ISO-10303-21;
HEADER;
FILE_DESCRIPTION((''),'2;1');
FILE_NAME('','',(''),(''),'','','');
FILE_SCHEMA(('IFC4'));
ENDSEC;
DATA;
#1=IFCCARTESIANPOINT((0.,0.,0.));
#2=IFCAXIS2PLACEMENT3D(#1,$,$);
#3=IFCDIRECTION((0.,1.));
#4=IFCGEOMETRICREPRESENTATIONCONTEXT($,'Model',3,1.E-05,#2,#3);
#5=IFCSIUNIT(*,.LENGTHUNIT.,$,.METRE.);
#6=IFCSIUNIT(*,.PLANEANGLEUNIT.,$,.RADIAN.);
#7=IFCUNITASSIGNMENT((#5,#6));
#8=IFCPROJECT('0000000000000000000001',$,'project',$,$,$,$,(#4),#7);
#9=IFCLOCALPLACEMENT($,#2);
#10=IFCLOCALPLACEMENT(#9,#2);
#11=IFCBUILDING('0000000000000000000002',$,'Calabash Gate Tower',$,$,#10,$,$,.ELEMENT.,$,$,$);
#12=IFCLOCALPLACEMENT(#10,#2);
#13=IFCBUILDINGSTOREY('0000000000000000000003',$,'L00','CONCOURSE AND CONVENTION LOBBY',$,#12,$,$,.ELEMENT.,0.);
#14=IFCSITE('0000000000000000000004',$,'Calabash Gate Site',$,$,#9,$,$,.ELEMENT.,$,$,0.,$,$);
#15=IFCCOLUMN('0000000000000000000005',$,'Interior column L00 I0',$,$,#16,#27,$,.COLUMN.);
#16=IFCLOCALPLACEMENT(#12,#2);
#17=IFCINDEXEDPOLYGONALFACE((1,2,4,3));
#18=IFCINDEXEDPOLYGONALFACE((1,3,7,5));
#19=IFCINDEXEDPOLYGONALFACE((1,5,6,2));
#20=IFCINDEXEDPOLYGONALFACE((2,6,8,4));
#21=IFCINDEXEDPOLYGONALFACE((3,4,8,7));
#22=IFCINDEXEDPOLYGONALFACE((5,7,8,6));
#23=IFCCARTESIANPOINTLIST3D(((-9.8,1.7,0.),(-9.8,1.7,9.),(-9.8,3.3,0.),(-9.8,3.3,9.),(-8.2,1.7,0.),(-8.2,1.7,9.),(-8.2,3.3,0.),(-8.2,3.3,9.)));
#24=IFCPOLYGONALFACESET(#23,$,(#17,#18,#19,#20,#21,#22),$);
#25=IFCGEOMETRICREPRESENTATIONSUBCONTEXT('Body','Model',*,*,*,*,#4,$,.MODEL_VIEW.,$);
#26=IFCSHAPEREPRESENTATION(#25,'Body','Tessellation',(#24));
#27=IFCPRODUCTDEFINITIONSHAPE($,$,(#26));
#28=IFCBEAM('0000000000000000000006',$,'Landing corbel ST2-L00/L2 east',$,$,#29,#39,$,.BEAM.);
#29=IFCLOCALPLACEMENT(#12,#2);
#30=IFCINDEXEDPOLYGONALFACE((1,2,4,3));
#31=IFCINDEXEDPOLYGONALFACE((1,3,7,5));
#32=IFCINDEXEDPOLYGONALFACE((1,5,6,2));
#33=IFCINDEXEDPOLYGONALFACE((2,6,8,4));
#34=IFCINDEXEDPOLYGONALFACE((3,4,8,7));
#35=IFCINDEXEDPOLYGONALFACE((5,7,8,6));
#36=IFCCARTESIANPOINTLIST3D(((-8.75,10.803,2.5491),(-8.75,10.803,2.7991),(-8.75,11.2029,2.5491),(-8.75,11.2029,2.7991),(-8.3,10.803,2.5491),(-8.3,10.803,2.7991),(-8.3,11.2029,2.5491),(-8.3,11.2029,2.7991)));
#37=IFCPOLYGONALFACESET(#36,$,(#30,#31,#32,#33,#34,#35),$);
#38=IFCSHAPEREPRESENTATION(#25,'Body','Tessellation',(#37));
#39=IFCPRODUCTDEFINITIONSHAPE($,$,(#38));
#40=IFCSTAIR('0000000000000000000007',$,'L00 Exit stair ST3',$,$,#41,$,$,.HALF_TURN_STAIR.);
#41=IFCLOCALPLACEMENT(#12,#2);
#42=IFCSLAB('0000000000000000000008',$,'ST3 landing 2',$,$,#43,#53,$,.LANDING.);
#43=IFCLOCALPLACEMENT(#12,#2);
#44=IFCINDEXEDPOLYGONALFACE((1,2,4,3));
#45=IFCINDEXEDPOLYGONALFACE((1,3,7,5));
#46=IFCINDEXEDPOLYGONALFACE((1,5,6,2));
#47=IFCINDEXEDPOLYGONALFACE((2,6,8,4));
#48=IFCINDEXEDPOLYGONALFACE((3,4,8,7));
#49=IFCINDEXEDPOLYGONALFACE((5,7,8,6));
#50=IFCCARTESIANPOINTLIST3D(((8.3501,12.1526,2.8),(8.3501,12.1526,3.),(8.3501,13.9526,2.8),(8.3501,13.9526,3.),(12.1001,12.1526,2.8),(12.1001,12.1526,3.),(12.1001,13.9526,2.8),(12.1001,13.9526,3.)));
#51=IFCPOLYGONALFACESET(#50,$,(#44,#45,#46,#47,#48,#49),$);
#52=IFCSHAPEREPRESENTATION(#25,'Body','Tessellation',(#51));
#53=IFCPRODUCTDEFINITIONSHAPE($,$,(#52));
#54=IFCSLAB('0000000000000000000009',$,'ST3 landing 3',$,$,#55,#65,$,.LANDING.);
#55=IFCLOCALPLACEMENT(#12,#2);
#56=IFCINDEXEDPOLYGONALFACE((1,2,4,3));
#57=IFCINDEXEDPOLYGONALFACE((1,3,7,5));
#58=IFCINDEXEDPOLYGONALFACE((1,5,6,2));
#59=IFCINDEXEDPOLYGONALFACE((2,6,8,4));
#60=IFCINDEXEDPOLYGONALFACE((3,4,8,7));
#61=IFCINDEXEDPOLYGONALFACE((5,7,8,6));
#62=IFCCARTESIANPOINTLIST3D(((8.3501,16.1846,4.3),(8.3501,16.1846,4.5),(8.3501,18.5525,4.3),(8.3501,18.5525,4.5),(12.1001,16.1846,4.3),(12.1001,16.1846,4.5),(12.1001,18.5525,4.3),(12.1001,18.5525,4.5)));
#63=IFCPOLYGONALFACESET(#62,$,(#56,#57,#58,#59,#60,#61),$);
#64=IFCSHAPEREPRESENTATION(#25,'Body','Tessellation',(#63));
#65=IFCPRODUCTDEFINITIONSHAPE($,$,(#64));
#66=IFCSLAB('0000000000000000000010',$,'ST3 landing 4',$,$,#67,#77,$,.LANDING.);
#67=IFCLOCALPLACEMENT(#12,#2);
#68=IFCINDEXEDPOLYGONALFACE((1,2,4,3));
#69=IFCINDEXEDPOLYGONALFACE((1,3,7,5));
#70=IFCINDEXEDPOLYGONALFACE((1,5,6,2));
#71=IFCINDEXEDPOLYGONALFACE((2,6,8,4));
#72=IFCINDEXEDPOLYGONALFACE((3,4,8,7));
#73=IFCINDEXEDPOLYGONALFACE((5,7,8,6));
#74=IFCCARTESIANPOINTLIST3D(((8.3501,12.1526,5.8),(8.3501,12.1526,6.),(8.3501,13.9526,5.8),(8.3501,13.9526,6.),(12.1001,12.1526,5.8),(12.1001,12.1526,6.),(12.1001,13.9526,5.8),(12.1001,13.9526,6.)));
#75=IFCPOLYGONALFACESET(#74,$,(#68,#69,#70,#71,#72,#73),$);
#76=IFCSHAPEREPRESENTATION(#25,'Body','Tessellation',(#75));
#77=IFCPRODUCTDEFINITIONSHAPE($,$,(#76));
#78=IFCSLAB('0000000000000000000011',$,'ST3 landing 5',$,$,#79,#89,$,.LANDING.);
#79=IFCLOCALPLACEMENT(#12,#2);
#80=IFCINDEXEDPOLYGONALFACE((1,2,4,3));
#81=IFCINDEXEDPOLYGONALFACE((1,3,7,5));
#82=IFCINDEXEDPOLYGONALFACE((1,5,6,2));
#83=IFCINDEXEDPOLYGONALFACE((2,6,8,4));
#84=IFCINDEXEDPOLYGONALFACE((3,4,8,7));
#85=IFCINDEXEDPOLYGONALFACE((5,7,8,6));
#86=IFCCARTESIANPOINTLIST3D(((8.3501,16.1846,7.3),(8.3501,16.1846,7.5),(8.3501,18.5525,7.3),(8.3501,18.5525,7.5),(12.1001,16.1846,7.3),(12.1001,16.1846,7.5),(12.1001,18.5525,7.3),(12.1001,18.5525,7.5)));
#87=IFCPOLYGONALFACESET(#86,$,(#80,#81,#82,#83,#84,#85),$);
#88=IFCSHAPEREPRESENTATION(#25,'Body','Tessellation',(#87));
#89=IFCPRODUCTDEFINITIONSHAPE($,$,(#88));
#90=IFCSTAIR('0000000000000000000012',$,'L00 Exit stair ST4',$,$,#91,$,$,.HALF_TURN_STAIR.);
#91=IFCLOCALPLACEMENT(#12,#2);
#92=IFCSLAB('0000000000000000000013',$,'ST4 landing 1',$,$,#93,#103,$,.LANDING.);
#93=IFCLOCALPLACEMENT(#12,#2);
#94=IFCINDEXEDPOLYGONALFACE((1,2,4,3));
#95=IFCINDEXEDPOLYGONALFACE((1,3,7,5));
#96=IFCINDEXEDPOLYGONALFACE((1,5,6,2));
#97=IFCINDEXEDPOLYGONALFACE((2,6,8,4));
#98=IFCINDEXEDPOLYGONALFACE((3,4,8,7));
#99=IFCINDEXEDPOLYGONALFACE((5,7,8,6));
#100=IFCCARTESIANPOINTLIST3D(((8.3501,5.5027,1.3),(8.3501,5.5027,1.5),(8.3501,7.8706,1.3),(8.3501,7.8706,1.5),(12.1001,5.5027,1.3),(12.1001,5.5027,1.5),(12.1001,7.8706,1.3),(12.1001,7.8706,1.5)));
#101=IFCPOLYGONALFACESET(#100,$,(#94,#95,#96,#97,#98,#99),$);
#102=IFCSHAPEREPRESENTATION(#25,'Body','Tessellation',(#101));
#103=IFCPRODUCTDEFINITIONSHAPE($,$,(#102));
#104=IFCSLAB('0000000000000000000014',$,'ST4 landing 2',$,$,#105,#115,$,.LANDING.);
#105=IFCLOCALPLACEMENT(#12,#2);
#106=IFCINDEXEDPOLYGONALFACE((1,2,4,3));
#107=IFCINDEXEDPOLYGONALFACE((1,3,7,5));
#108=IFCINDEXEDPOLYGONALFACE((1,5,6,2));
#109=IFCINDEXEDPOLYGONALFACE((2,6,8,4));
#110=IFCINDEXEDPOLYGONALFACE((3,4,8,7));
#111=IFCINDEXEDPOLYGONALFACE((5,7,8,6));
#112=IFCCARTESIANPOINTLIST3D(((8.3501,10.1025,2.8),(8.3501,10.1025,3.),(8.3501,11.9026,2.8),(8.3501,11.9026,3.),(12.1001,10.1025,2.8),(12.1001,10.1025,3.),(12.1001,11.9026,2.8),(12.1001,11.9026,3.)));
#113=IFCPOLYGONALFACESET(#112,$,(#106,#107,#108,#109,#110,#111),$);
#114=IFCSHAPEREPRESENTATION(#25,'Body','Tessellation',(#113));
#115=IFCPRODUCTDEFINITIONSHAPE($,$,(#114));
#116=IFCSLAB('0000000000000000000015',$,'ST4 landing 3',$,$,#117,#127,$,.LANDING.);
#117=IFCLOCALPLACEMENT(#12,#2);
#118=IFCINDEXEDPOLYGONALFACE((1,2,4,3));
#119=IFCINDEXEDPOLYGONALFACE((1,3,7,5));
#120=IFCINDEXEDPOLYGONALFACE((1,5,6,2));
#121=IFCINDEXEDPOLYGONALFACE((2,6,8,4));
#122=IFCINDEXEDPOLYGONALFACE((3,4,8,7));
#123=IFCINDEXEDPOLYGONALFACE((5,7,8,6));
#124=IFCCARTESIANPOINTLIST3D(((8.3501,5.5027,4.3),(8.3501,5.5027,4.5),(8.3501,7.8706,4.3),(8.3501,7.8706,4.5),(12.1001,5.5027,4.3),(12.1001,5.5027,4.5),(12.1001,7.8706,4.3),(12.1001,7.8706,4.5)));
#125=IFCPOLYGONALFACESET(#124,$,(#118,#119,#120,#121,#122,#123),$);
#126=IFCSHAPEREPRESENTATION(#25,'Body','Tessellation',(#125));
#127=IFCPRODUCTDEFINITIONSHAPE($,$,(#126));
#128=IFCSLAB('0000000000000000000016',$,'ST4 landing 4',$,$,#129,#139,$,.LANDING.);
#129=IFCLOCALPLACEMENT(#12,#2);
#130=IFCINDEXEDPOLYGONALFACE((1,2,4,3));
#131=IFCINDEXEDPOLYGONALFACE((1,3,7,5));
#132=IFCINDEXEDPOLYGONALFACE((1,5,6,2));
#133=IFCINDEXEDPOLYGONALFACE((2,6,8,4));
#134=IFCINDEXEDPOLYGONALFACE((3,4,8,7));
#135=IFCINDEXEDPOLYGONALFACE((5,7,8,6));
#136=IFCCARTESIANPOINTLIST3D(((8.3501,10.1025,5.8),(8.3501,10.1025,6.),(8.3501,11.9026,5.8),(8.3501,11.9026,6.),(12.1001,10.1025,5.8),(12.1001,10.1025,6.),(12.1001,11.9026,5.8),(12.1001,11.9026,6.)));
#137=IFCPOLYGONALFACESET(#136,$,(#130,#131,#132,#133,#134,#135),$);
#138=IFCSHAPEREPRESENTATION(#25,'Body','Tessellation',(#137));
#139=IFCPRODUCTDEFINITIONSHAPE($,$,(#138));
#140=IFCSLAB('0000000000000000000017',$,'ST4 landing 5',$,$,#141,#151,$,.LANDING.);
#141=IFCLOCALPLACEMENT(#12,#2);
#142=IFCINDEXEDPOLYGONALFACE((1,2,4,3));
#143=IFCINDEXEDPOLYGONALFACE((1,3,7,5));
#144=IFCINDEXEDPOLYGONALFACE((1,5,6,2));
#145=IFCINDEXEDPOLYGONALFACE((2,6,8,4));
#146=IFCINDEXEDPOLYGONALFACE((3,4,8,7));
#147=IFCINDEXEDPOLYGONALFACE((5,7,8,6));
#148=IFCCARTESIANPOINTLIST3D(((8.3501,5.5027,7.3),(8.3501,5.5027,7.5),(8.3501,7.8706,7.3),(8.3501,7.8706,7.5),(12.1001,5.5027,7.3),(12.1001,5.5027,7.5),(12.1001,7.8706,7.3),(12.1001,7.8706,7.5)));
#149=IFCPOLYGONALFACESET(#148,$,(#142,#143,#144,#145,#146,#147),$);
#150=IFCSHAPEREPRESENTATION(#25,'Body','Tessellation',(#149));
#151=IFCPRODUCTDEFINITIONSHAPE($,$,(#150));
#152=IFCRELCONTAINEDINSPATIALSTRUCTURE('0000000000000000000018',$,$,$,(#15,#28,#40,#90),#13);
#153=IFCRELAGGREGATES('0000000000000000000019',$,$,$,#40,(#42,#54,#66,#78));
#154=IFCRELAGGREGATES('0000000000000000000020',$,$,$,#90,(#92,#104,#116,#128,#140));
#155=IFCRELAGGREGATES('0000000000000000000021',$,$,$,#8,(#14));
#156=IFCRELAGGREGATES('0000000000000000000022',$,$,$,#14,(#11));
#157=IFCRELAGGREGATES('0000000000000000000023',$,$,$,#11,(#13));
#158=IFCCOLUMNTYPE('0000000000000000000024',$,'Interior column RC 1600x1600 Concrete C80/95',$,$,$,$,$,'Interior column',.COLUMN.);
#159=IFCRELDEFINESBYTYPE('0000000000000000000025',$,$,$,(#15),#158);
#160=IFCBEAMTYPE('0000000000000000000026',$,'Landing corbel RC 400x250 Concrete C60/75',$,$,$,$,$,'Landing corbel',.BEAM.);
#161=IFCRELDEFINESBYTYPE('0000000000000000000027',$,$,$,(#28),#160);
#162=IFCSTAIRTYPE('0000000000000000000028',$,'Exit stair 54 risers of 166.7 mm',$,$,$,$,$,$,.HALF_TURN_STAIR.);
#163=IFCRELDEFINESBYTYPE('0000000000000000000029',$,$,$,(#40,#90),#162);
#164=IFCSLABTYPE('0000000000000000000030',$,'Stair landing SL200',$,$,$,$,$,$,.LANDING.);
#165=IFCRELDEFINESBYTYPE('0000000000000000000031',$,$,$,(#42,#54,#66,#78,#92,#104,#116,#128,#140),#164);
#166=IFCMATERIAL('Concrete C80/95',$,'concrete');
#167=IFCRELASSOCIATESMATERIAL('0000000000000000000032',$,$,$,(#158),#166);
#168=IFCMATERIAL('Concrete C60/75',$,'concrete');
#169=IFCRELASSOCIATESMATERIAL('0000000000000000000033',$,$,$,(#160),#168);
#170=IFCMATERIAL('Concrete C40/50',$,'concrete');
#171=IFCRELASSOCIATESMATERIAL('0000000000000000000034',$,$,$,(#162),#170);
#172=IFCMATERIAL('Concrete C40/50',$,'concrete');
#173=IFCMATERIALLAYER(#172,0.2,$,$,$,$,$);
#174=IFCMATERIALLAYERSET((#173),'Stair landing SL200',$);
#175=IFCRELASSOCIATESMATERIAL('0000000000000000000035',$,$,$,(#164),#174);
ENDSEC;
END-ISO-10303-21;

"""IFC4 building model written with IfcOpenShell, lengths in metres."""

from ifc_helpers import new_model, si_unit, direction, frame, origin, origin_2d, place, context, subcontext, project, spatial, polyline, rectangle, outline, extrude, material, layer, layer_set, material_profile, profile_set, type_object, element, aggregate, save


model = new_model("IFC4")

# Units and contexts
model_context = context("Model", 3, precision=1e-05, world=origin(), true_north=direction((0.0, 1.0)))
body_context = subcontext(model_context, "Body", "Model", "MODEL_VIEW")
ifc_project = project(units=[si_unit("LENGTHUNIT", "METRE"), si_unit("PLANEANGLEUNIT", "RADIAN")], contexts=[model_context])

# Site, building, storey
site_placement = place(None, origin())
site = spatial("IfcSite", under=ifc_project, at=site_placement, Name="Calabash Gate Site", CompositionType="ELEMENT", RefElevation=0.0)
building_placement = place(site_placement, origin())
building = spatial("IfcBuilding", under=site, at=building_placement, Name="Calabash Gate Tower", CompositionType="ELEMENT")
storey_placement = place(building_placement, origin())
storey = spatial("IfcBuildingStorey", under=building, at=storey_placement, Name="L00", Description="CONCOURSE AND CONVENTION LOBBY", CompositionType="ELEMENT", Elevation=0.0)

# Column
ifc_material_1 = material(Name="Concrete C80/95", Category="concrete")
ifc_material_profile_1 = material_profile(ifc_material_1, rectangle(XDim=1.6001, YDim=1.6001, at=origin_2d()))
ifc_profile_set_1 = profile_set([ifc_material_profile_1], Name="Concrete C80/95")
column_type = type_object("IfcColumnType", Name="Interior column RC 1600x1600 Concrete C80/95", ElementType="Interior column", PredefinedType="COLUMN", material=ifc_profile_set_1)
column_placement = place(storey_placement, frame((-9.0, 2.5, 0.0), z_axis=(0.0, 0.0, 1.0), x_axis=(1.0, 0.0, 0.0)))
element("IfcColumn", 1, at=column_placement, inside=storey, type_object=column_type, Name="Interior column L00 I0", PredefinedType="COLUMN", context=body_context, shape_type="SweptSolid", body=[
    extrude(rectangle(XDim=1.6001, YDim=1.6001, at=origin_2d()), origin(), (0.0, 0.0, 1.0), 9.0),
])

# Beam
ifc_material_2 = material(Name="Concrete C60/75", Category="concrete")
ifc_material_profile_2 = material_profile(ifc_material_2, rectangle(XDim=0.3999, YDim=0.25, at=origin_2d()))
ifc_profile_set_2 = profile_set([ifc_material_profile_2], Name="Concrete C60/75")
beam_type = type_object("IfcBeamType", Name="Landing corbel RC 400x250 Concrete C60/75", ElementType="Landing corbel", PredefinedType="BEAM", material=ifc_profile_set_2)
beam_placement = place(storey_placement, frame((-8.3, 11.0029, 2.6741), z_axis=(-1.0, 0.0, 0.0), x_axis=(0.0, -1.0, 0.0)))
element("IfcBeam", 2, at=beam_placement, inside=storey, type_object=beam_type, Name="Landing corbel ST2-L00/L2 east", PredefinedType="BEAM", context=body_context, shape_type="SweptSolid", body=[
    extrude(rectangle(XDim=0.3999, YDim=0.25, at=origin_2d()), origin(), (0.0, 0.0, 1.0), 0.45),
])

# Stairs, slabs
ifc_material_3 = material(Name="Concrete C40/50", Category="concrete")
stair_type = type_object("IfcStairType", Name="Exit stair 54 risers of 166.7 mm", PredefinedType="HALF_TURN_STAIR", material=ifc_material_3)
stair_1_placement = place(storey_placement, origin())
stair_1 = element("IfcStair", 3, at=stair_1_placement, inside=storey, type_object=stair_type, Name="L00 Exit stair ST3", PredefinedType="HALF_TURN_STAIR")
ifc_material_4 = material(Name="Concrete C40/50", Category="concrete")
ifc_layer_1 = layer(ifc_material_4, 0.2)
ifc_layer_set_1 = layer_set([ifc_layer_1], Name="Stair landing SL200")
slab_type = type_object("IfcSlabType", Name="Stair landing SL200", PredefinedType="LANDING", material=ifc_layer_set_1)
slab_1_placement = place(storey_placement, frame((0.0, 0.0, 2.8)))
slab_1 = element("IfcSlab", 4, at=slab_1_placement, type_object=slab_type, Name="ST3 landing 2", PredefinedType="LANDING", context=body_context, shape_type="SweptSolid", body=[
    extrude(outline(polyline([(12.1001, 12.1526), (12.1001, 13.9526), (8.3501, 13.9526), (8.3501, 12.1526), (12.1001, 12.1526)])), origin(), (0.0, 0.0, 1.0), 0.2),
])
slab_2_placement = place(storey_placement, frame((0.0, 0.0, 4.3)))
slab_2 = element("IfcSlab", 5, at=slab_2_placement, type_object=slab_type, Name="ST3 landing 3", PredefinedType="LANDING", context=body_context, shape_type="SweptSolid", body=[
    extrude(outline(polyline([(12.1001, 16.1846), (12.1001, 18.5525), (8.3501, 18.5525), (8.3501, 16.1846), (12.1001, 16.1846)])), origin(), (0.0, 0.0, 1.0), 0.2),
])
slab_3_placement = place(storey_placement, frame((0.0, 0.0, 5.8)))
slab_3 = element("IfcSlab", 6, at=slab_3_placement, type_object=slab_type, Name="ST3 landing 4", PredefinedType="LANDING", context=body_context, shape_type="SweptSolid", body=[
    extrude(outline(polyline([(12.1001, 12.1526), (12.1001, 13.9526), (8.3501, 13.9526), (8.3501, 12.1526), (12.1001, 12.1526)])), origin(), (0.0, 0.0, 1.0), 0.2),
])
slab_4_placement = place(storey_placement, frame((0.0, 0.0, 7.3)))
slab_4 = element("IfcSlab", 7, at=slab_4_placement, type_object=slab_type, Name="ST3 landing 5", PredefinedType="LANDING", context=body_context, shape_type="SweptSolid", body=[
    extrude(outline(polyline([(12.1001, 16.1846), (12.1001, 18.5525), (8.3501, 18.5525), (8.3501, 16.1846), (12.1001, 16.1846)])), origin(), (0.0, 0.0, 1.0), 0.2),
])
aggregate(stair_1, [slab_1, slab_2, slab_3, slab_4])
stair_2_placement = place(storey_placement, origin())
stair_2 = element("IfcStair", 8, at=stair_2_placement, inside=storey, type_object=stair_type, Name="L00 Exit stair ST4", PredefinedType="HALF_TURN_STAIR")
slab_5_placement = place(storey_placement, frame((0.0, 0.0, 1.3)))
slab_5 = element("IfcSlab", 9, at=slab_5_placement, type_object=slab_type, Name="ST4 landing 1", PredefinedType="LANDING", context=body_context, shape_type="SweptSolid", body=[
    extrude(outline(polyline([(8.3501, 7.8706), (8.3501, 5.5027), (12.1001, 5.5027), (12.1001, 7.8706), (8.3501, 7.8706)])), origin(), (0.0, 0.0, 1.0), 0.2),
])
slab_6_placement = place(storey_placement, frame((0.0, 0.0, 2.8)))
slab_6 = element("IfcSlab", 10, at=slab_6_placement, type_object=slab_type, Name="ST4 landing 2", PredefinedType="LANDING", context=body_context, shape_type="SweptSolid", body=[
    extrude(outline(polyline([(8.3501, 11.9026), (8.3501, 10.1025), (12.1001, 10.1025), (12.1001, 11.9026), (8.3501, 11.9026)])), origin(), (0.0, 0.0, 1.0), 0.2),
])
slab_7_placement = place(storey_placement, frame((0.0, 0.0, 4.3)))
slab_7 = element("IfcSlab", 11, at=slab_7_placement, type_object=slab_type, Name="ST4 landing 3", PredefinedType="LANDING", context=body_context, shape_type="SweptSolid", body=[
    extrude(outline(polyline([(8.3501, 7.8706), (8.3501, 5.5027), (12.1001, 5.5027), (12.1001, 7.8706), (8.3501, 7.8706)])), origin(), (0.0, 0.0, 1.0), 0.2),
])
slab_8_placement = place(storey_placement, frame((0.0, 0.0, 5.8)))
slab_8 = element("IfcSlab", 12, at=slab_8_placement, type_object=slab_type, Name="ST4 landing 4", PredefinedType="LANDING", context=body_context, shape_type="SweptSolid", body=[
    extrude(outline(polyline([(8.3501, 11.9026), (8.3501, 10.1025), (12.1001, 10.1025), (12.1001, 11.9026), (8.3501, 11.9026)])), origin(), (0.0, 0.0, 1.0), 0.2),
])
slab_9_placement = place(storey_placement, frame((0.0, 0.0, 7.3)))
slab_9 = element("IfcSlab", 13, at=slab_9_placement, type_object=slab_type, Name="ST4 landing 5", PredefinedType="LANDING", context=body_context, shape_type="SweptSolid", body=[
    extrude(outline(polyline([(8.3501, 7.8706), (8.3501, 5.5027), (12.1001, 5.5027), (12.1001, 7.8706), (8.3501, 7.8706)])), origin(), (0.0, 0.0, 1.0), 0.2),
])
aggregate(stair_2, [slab_5, slab_6, slab_7, slab_8, slab_9])

save(model, "model.ifc")
